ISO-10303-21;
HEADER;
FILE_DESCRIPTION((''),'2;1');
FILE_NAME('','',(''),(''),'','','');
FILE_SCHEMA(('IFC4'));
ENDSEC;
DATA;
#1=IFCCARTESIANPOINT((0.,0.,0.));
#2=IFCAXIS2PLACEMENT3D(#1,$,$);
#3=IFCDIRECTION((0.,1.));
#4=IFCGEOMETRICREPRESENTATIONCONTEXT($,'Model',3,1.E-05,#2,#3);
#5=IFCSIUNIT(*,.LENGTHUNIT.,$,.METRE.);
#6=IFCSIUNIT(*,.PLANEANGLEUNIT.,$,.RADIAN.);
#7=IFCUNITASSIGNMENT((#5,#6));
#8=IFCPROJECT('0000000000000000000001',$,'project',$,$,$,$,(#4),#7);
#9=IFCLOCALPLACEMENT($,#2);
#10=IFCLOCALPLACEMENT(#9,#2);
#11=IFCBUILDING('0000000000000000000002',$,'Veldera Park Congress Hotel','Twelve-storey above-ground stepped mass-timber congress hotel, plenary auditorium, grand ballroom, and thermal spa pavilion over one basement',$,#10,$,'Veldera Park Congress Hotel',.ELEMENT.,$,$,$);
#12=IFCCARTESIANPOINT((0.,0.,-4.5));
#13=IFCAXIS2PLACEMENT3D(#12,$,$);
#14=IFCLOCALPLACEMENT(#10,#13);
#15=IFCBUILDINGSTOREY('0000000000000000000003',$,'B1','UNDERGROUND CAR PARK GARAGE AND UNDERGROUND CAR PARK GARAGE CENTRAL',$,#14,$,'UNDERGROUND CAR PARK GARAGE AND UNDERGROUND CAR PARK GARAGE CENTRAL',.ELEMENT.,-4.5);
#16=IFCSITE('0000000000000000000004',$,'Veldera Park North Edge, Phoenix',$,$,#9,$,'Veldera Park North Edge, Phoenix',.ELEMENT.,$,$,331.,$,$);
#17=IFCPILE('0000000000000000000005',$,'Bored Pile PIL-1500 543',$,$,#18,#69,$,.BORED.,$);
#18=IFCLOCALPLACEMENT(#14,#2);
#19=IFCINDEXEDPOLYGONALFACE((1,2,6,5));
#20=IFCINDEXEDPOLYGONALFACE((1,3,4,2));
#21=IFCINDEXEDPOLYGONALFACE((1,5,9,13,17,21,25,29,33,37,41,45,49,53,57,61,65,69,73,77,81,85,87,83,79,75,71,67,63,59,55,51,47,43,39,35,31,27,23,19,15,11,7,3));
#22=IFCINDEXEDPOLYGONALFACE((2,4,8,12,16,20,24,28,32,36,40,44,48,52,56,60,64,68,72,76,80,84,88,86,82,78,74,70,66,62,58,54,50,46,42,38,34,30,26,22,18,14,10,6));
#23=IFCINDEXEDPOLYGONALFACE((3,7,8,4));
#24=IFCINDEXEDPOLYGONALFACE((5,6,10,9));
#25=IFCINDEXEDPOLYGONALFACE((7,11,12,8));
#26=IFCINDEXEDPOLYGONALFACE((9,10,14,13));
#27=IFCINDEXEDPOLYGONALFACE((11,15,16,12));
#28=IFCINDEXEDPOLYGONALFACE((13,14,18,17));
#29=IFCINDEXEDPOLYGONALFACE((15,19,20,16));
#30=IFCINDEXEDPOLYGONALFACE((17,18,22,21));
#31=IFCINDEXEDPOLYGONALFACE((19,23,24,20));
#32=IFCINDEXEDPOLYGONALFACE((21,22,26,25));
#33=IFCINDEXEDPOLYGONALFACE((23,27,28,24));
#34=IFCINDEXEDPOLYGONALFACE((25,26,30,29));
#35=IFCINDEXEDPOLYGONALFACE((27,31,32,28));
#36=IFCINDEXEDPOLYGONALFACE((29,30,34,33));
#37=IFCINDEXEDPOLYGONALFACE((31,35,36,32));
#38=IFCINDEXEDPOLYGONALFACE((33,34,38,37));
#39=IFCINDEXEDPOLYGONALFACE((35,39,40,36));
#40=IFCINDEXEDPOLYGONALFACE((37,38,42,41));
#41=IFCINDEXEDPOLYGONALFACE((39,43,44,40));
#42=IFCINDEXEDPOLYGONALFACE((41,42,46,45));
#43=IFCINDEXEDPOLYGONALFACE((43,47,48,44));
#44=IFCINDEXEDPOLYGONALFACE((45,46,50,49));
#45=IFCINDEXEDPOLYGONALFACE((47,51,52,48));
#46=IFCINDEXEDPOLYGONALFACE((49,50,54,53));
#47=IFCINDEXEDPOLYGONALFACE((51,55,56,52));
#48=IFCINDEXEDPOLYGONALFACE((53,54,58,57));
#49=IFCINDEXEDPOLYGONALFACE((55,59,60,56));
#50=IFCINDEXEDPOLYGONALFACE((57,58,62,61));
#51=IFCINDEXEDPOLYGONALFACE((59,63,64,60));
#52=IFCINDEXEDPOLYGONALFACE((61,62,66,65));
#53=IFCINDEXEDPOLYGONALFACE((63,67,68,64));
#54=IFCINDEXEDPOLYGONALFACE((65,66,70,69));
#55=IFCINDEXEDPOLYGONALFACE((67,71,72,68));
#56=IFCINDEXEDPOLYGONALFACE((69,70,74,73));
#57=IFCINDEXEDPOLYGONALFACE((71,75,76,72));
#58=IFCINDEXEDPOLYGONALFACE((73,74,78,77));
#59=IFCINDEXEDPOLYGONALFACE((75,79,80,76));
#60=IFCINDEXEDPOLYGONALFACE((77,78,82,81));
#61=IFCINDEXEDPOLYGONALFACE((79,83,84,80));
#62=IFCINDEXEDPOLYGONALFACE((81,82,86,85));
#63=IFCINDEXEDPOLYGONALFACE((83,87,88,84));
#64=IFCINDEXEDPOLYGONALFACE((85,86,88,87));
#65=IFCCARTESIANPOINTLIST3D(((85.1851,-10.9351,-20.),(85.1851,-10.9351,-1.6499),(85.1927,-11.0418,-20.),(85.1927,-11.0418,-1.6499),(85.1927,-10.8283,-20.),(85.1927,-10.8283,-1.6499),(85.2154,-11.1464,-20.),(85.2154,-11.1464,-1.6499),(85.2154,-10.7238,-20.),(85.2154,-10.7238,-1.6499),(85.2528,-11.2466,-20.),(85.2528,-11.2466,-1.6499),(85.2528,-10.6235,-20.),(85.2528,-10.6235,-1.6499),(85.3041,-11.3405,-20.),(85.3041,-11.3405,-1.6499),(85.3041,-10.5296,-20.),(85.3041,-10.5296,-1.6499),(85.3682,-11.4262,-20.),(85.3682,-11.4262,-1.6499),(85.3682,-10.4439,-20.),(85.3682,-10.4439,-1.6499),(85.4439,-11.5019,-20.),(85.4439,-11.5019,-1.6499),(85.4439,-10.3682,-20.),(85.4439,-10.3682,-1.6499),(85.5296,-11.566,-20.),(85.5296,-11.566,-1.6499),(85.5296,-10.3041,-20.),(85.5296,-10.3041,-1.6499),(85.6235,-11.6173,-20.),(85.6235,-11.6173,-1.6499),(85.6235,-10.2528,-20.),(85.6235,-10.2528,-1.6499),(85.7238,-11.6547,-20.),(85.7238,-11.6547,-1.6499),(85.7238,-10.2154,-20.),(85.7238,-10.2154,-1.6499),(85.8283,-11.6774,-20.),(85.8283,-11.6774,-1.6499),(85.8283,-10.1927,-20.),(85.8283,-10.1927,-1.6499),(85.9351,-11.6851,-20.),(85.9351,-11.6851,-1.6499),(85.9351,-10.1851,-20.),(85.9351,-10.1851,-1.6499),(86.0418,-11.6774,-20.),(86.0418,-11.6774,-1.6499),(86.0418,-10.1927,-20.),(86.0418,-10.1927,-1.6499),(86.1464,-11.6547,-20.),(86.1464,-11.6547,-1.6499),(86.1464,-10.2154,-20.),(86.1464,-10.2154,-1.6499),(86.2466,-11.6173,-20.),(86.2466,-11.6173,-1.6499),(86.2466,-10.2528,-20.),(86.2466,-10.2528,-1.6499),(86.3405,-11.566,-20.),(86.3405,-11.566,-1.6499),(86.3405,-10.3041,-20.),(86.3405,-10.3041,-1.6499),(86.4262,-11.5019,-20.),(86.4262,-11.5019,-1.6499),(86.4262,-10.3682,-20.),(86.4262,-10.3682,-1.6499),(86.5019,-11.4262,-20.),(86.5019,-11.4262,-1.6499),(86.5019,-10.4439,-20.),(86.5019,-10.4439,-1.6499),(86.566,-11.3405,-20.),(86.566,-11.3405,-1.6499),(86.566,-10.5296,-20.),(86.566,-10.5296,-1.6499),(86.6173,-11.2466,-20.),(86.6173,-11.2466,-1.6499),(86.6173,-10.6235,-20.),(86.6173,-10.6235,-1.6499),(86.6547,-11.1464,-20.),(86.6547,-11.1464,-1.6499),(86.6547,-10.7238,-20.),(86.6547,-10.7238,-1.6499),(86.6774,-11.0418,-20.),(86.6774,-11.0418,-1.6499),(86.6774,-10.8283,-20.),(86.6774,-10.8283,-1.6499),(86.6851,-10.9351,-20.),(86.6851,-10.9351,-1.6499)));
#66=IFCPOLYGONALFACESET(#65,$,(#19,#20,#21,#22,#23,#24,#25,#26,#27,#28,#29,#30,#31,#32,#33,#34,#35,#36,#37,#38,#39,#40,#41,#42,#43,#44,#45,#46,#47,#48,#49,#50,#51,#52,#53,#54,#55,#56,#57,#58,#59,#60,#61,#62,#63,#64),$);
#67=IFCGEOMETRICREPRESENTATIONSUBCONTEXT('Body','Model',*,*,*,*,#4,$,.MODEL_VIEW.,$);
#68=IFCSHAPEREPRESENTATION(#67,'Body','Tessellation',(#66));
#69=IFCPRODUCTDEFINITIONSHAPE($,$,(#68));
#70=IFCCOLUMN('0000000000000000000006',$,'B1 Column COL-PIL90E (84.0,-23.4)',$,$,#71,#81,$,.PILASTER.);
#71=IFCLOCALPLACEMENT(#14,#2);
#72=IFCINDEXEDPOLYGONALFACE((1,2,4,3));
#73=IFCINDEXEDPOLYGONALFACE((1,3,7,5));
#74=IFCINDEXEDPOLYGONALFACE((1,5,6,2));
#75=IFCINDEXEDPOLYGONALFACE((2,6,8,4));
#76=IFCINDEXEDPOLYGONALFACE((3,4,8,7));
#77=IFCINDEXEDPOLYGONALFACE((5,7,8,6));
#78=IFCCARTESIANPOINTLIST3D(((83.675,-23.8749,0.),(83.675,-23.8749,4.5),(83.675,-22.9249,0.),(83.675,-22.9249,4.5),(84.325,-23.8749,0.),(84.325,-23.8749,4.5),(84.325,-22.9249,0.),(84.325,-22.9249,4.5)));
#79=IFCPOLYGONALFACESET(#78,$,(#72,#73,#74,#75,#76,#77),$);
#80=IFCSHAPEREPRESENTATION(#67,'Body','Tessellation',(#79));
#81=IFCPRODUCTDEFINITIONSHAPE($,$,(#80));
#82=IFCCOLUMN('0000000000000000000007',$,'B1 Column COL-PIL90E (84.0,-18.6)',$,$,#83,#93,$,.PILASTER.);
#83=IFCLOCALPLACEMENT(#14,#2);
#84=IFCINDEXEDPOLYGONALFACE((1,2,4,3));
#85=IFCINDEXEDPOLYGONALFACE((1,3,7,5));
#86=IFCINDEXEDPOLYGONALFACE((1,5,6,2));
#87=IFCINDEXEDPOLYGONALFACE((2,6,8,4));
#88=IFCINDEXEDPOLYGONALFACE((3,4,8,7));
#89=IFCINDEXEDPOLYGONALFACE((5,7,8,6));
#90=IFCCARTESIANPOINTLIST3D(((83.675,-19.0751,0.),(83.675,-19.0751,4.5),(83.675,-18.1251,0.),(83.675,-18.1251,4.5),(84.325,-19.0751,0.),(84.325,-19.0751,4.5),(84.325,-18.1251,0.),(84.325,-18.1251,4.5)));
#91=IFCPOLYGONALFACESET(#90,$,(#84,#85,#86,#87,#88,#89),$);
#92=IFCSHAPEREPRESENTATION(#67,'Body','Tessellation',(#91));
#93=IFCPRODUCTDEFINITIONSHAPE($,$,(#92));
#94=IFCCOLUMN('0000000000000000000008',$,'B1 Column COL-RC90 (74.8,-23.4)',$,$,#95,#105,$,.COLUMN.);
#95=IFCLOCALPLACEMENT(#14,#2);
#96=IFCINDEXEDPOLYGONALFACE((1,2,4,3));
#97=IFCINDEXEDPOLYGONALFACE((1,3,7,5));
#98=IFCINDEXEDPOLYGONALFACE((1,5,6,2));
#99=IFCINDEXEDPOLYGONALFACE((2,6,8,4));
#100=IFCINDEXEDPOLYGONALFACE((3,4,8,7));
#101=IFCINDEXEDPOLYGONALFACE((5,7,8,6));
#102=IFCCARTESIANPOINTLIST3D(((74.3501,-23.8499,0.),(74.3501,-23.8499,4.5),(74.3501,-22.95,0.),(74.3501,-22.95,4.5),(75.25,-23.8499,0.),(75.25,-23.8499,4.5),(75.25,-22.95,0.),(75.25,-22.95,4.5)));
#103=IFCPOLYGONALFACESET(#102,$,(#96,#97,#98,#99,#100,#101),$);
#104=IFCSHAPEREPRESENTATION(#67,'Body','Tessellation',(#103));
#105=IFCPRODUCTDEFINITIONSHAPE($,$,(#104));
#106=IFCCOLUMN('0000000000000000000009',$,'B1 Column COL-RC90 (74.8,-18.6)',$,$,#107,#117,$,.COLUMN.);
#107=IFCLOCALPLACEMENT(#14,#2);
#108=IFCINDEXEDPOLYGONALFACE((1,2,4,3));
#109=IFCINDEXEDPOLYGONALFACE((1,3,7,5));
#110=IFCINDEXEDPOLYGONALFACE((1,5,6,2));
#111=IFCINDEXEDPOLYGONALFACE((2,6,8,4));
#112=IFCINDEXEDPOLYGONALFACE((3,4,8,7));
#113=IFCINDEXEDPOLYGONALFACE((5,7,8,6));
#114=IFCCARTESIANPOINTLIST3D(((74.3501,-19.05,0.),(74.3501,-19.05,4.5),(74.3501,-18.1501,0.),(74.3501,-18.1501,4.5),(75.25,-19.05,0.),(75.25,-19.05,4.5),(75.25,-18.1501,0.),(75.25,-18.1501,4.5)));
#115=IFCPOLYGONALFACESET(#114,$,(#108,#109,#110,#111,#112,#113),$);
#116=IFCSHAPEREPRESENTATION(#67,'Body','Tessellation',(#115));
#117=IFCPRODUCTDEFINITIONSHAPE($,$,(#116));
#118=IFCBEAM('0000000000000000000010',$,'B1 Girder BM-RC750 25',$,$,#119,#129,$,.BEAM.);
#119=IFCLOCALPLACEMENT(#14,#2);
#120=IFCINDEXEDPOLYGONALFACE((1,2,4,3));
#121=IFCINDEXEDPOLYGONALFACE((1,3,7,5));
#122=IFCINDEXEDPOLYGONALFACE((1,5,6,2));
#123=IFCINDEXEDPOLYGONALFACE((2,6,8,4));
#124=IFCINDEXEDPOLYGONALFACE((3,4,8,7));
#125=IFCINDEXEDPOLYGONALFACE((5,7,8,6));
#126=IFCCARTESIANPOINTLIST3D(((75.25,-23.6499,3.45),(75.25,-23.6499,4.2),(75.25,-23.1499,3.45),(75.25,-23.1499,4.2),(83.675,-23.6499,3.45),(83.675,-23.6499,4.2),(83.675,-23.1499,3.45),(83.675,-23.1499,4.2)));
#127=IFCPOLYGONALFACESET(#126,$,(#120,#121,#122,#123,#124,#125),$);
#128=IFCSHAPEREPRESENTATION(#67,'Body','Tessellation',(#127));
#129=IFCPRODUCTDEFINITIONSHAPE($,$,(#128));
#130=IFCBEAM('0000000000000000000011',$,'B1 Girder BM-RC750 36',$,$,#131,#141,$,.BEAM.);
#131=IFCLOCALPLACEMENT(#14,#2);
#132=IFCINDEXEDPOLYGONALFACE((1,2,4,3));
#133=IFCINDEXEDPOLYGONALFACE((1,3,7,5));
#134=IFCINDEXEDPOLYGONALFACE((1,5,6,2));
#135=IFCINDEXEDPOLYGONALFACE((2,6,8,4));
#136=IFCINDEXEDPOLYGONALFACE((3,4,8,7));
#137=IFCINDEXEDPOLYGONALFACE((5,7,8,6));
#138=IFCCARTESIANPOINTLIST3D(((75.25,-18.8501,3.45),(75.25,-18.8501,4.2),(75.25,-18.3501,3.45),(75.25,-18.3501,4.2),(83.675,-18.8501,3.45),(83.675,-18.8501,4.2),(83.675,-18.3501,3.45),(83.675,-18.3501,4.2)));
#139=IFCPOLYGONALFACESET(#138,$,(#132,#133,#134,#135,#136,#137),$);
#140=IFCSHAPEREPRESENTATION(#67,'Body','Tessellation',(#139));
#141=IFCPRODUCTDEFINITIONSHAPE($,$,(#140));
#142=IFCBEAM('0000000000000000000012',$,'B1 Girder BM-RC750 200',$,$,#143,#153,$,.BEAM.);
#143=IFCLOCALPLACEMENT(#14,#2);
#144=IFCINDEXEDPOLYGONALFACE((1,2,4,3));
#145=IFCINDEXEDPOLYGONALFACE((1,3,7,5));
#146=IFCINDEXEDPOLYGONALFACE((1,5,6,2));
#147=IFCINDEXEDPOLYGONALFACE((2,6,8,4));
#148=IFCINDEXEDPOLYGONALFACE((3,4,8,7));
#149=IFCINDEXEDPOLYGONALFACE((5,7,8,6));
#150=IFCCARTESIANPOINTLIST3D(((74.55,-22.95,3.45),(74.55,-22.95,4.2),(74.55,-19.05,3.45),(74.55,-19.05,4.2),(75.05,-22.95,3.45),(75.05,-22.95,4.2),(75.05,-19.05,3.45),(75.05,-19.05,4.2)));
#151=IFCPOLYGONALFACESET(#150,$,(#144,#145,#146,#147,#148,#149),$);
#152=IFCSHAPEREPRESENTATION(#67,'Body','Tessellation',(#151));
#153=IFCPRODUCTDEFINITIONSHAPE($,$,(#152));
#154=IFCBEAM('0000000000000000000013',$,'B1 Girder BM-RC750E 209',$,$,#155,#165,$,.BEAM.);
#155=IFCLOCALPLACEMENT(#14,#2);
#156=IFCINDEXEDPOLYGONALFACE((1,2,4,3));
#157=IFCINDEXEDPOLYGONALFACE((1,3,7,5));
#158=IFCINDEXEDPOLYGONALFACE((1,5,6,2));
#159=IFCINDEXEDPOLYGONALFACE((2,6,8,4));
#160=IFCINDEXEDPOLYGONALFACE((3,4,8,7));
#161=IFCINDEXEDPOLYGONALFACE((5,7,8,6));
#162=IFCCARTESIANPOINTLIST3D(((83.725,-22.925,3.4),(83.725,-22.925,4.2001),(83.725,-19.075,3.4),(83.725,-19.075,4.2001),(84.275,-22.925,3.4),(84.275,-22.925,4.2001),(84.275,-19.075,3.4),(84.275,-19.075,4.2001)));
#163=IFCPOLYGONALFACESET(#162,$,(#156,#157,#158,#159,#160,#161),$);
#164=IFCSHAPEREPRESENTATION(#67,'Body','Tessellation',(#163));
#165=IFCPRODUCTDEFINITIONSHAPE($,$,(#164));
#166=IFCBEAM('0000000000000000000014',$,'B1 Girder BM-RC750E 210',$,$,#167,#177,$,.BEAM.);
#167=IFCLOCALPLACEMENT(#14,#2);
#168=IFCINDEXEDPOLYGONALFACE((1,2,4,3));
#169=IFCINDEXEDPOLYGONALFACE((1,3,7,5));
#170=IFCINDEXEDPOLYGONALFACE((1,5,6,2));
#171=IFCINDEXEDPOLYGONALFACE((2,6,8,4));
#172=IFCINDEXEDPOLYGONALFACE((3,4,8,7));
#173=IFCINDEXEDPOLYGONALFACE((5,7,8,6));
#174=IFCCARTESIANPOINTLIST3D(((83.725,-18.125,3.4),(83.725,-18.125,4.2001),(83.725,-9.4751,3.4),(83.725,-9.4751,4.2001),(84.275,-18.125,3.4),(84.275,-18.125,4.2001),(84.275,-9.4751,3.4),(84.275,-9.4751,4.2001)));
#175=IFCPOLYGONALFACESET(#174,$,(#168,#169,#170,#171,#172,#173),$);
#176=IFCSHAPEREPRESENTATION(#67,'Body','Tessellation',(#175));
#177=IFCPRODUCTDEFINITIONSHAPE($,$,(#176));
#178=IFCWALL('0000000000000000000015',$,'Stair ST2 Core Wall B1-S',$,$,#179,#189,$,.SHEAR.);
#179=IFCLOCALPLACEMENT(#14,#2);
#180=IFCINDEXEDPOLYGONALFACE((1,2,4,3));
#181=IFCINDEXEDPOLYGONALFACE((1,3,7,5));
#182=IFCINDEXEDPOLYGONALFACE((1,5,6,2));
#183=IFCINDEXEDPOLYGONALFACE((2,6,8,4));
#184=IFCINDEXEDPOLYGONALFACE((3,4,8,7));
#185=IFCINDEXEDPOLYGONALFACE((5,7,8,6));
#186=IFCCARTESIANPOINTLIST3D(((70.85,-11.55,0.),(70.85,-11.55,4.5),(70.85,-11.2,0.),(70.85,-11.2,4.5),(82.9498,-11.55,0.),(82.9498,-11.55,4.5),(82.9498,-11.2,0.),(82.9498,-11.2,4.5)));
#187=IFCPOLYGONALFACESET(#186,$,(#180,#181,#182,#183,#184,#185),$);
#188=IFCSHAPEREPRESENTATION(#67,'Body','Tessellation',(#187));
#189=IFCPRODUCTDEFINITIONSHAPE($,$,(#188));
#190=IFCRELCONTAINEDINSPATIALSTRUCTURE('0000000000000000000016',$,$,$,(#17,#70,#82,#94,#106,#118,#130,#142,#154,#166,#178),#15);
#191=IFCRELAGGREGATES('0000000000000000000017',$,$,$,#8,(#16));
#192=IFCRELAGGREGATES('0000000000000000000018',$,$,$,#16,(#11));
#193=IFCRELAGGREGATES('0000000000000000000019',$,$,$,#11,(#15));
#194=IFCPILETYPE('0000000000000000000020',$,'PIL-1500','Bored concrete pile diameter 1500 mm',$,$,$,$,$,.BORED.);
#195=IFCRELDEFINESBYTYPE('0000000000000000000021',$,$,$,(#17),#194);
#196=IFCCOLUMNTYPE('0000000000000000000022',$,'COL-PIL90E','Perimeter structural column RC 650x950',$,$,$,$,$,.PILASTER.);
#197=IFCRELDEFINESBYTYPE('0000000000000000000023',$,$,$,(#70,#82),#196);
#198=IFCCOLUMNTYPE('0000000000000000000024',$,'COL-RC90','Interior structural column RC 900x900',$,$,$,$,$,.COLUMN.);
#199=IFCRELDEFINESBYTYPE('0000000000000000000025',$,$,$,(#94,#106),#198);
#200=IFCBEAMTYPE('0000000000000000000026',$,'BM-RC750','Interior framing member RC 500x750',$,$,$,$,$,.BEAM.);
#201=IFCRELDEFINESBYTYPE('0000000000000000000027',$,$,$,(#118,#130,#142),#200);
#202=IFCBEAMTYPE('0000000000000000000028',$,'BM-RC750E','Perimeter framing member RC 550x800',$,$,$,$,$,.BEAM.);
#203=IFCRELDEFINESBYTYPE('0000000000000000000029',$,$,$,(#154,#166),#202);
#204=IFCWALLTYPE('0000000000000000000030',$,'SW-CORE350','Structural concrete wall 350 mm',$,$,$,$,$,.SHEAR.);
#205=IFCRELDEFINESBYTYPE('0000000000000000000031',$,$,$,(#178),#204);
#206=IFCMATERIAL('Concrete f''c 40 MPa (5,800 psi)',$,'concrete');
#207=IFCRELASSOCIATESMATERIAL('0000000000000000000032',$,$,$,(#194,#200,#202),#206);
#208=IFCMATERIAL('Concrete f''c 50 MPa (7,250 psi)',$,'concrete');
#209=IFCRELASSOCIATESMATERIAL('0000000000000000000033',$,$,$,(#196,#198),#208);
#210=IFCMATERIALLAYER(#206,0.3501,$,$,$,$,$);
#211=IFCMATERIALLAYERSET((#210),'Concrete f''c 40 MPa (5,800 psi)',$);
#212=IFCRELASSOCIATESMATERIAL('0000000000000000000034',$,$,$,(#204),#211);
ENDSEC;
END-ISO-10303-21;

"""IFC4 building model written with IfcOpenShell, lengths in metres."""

from ifc_helpers import new_model, si_unit, direction, frame, frame_2d, origin, origin_2d, place, context, subcontext, project, spatial, rectangle, circle, extrude, material, layer, layer_set, material_profile, profile_set, type_object, element, save


model = new_model("IFC4")

# Units and contexts
model_context = context("Model", 3, precision=1e-05, world=origin(), true_north=direction((0.0, 1.0)))
body_context = subcontext(model_context, "Body", "Model", "MODEL_VIEW")
ifc_project = project(units=[si_unit("LENGTHUNIT", "METRE"), si_unit("PLANEANGLEUNIT", "RADIAN")], contexts=[model_context])

# Site, building, storey
site_placement = place(None, origin())
site = spatial("IfcSite", under=ifc_project, at=site_placement, Name="Veldera Park North Edge, Phoenix", LongName="Veldera Park North Edge, Phoenix", CompositionType="ELEMENT", RefElevation=331.0)
building_placement = place(site_placement, origin())
building = spatial("IfcBuilding", under=site, at=building_placement, Name="Veldera Park Congress Hotel", Description="Twelve-storey above-ground stepped mass-timber congress hotel, plenary auditorium, grand ballroom, and thermal spa pavilion over one basement", LongName="Veldera Park Congress Hotel", CompositionType="ELEMENT")
storey_placement = place(building_placement, frame((0.0, 0.0, -4.5)))
storey = spatial("IfcBuildingStorey", under=building, at=storey_placement, Name="B1", Description="UNDERGROUND CAR PARK GARAGE AND UNDERGROUND CAR PARK GARAGE CENTRAL", LongName="UNDERGROUND CAR PARK GARAGE AND UNDERGROUND CAR PARK GARAGE CENTRAL", CompositionType="ELEMENT", Elevation=-4.5)

# Shared definitions
ifc_material_1 = material(Name="Concrete f'c 40 MPa (5,800 psi)", Category="concrete")

# Pile
ifc_material_profile_1 = material_profile(ifc_material_1, circle(Radius=0.75, at=origin_2d()), Name="PILE D1500")
ifc_profile_set_1 = profile_set([ifc_material_profile_1], Name="Concrete f'c 40 MPa (5,800 psi)")
pile_type = type_object("IfcPileType", Name="PIL-1500", Description="Bored concrete pile diameter 1500 mm", PredefinedType="BORED", material=ifc_profile_set_1)
for number, where, z_axis, x_axis, name in (
    (1, (85.9351, -10.9351, -1.6499), (0.0, 0.0, -1.0), (1.0, 0.0, 0.0), "Bored Pile PIL-1500 543"),
):
    element("IfcPile", number, at=place(storey_placement, frame(where, z_axis=z_axis, x_axis=x_axis)), inside=storey, type_object=pile_type, Name=name, PredefinedType="BORED", context=body_context, shape_type="SweptSolid", body=[
        extrude(circle(Radius=0.75, at=origin_2d()), origin(), (0.0, 0.0, 1.0), 18.3501),
    ])

# Columns
ifc_material_2 = material(Name="Concrete f'c 50 MPa (7,250 psi)", Category="concrete")
ifc_material_profile_2 = material_profile(ifc_material_2, rectangle(XDim=0.6499, YDim=0.95, at=origin_2d()), Name="RC 650x950")
ifc_profile_set_2 = profile_set([ifc_material_profile_2], Name="Concrete f'c 50 MPa (7,250 psi)")
column_type_1 = type_object("IfcColumnType", Name="COL-PIL90E", Description="Perimeter structural column RC 650x950", PredefinedType="PILASTER", material=ifc_profile_set_2)
for number, where, z_axis, x_axis, name in (
    (2, (84.0, -23.3999, 0.0), (0.0, 0.0, 1.0), (1.0, 0.0, 0.0), "B1 Column COL-PIL90E (84.0,-23.4)"),
    (3, (84.0, -18.6001, 0.0), (0.0, 0.0, 1.0), (1.0, 0.0, 0.0), "B1 Column COL-PIL90E (84.0,-18.6)"),
):
    element("IfcColumn", number, at=place(storey_placement, frame(where, z_axis=z_axis, x_axis=x_axis)), inside=storey, type_object=column_type_1, Name=name, PredefinedType="PILASTER", context=body_context, shape_type="SweptSolid", body=[
        extrude(rectangle(XDim=0.6499, YDim=0.95, at=origin_2d()), origin(), (0.0, 0.0, 1.0), 4.5),
    ])
ifc_material_profile_3 = material_profile(ifc_material_2, rectangle(XDim=0.8999, YDim=0.8999, at=origin_2d()), Name="RC 900x900")
ifc_profile_set_3 = profile_set([ifc_material_profile_3], Name="Concrete f'c 50 MPa (7,250 psi)")
column_type_2 = type_object("IfcColumnType", Name="COL-RC90", Description="Interior structural column RC 900x900", PredefinedType="COLUMN", material=ifc_profile_set_3)
for number, where, z_axis, x_axis, name in (
    (4, (74.8, -23.3999, 0.0), (0.0, 0.0, 1.0), (1.0, 0.0, 0.0), "B1 Column COL-RC90 (74.8,-23.4)"),
    (5, (74.8, -18.6001, 0.0), (0.0, 0.0, 1.0), (1.0, 0.0, 0.0), "B1 Column COL-RC90 (74.8,-18.6)"),
):
    element("IfcColumn", number, at=place(storey_placement, frame(where, z_axis=z_axis, x_axis=x_axis)), inside=storey, type_object=column_type_2, Name=name, PredefinedType="COLUMN", context=body_context, shape_type="SweptSolid", body=[
        extrude(rectangle(XDim=0.8999, YDim=0.8999, at=origin_2d()), origin(), (0.0, 0.0, 1.0), 4.5),
    ])

# Beams
ifc_material_profile_4 = material_profile(ifc_material_1, rectangle(XDim=0.5, YDim=0.75, at=origin_2d()), Name="RC 500x750")
ifc_profile_set_4 = profile_set([ifc_material_profile_4], Name="Concrete f'c 40 MPa (5,800 psi)")
beam_type_1 = type_object("IfcBeamType", Name="BM-RC750", Description="Interior framing member RC 500x750", PredefinedType="BEAM", material=ifc_profile_set_4)
for number, where, z_axis, x_axis, name in (
    (6, (75.25, -23.3999, 3.825), (1.0, 0.0, 0.0), (0.0, 1.0, 0.0), "B1 Girder BM-RC750 25"),
    (7, (75.25, -18.6001, 3.825), (1.0, 0.0, 0.0), (0.0, 1.0, 0.0), "B1 Girder BM-RC750 36"),
):
    element("IfcBeam", number, at=place(storey_placement, frame(where, z_axis=z_axis, x_axis=x_axis)), inside=storey, type_object=beam_type_1, Name=name, PredefinedType="BEAM", context=body_context, shape_type="SweptSolid", body=[
        extrude(rectangle(XDim=0.5, YDim=0.75, at=origin_2d()), origin(), (0.0, 0.0, 1.0), 8.425),
    ])
beam_1_placement = place(storey_placement, frame((74.8, -22.95, 3.825), z_axis=(0.0, 1.0, 0.0), x_axis=(-1.0, 0.0, 0.0)))
element("IfcBeam", 8, at=beam_1_placement, inside=storey, type_object=beam_type_1, Name="B1 Girder BM-RC750 200", PredefinedType="BEAM", context=body_context, shape_type="SweptSolid", body=[
    extrude(rectangle(XDim=0.5, YDim=0.75, at=origin_2d()), origin(), (0.0, 0.0, 1.0), 3.8999),
])
ifc_material_profile_5 = material_profile(ifc_material_1, rectangle(XDim=0.55, YDim=0.8, at=origin_2d()), Name="RC 550x800")
ifc_profile_set_5 = profile_set([ifc_material_profile_5], Name="Concrete f'c 40 MPa (5,800 psi)")
beam_type_2 = type_object("IfcBeamType", Name="BM-RC750E", Description="Perimeter framing member RC 550x800", PredefinedType="BEAM", material=ifc_profile_set_5)
beam_2_placement = place(storey_placement, frame((84.0, -22.925, 3.8), z_axis=(0.0, 1.0, 0.0), x_axis=(-1.0, 0.0, 0.0)))
element("IfcBeam", 9, at=beam_2_placement, inside=storey, type_object=beam_type_2, Name="B1 Girder BM-RC750E 209", PredefinedType="BEAM", context=body_context, shape_type="SweptSolid", body=[
    extrude(rectangle(XDim=0.55, YDim=0.8, at=origin_2d()), origin(), (0.0, 0.0, 1.0), 3.8501),
])
beam_3_placement = place(storey_placement, frame((84.0, -18.125, 3.8), z_axis=(0.0, 1.0, 0.0), x_axis=(-1.0, 0.0, 0.0)))
element("IfcBeam", 10, at=beam_3_placement, inside=storey, type_object=beam_type_2, Name="B1 Girder BM-RC750E 210", PredefinedType="BEAM", context=body_context, shape_type="SweptSolid", body=[
    extrude(rectangle(XDim=0.55, YDim=0.8, at=origin_2d()), origin(), (0.0, 0.0, 1.0), 8.6499),
])

# Wall
ifc_layer = layer(ifc_material_1, 0.3501)
ifc_layer_set = layer_set([ifc_layer], Name="Concrete f'c 40 MPa (5,800 psi)")
wall_type = type_object("IfcWallType", Name="SW-CORE350", Description="Structural concrete wall 350 mm", PredefinedType="SHEAR", material=ifc_layer_set)
wall_1_placement = place(storey_placement, frame((70.8501, -11.375, 0.0), z_axis=(0.0, 0.0, 1.0), x_axis=(1.0, 0.0, 0.0)))
element("IfcWall", 11, at=wall_1_placement, inside=storey, type_object=wall_type, Name="Stair ST2 Core Wall B1-S", PredefinedType="SHEAR", context=body_context, shape_type="SweptSolid", body=[
    extrude(rectangle(XDim=12.0999, YDim=0.3501, at=frame_2d((6.0498, 0.0))), origin(), (0.0, 0.0, 1.0), 4.5),
])

save(model, "model.ifc")
